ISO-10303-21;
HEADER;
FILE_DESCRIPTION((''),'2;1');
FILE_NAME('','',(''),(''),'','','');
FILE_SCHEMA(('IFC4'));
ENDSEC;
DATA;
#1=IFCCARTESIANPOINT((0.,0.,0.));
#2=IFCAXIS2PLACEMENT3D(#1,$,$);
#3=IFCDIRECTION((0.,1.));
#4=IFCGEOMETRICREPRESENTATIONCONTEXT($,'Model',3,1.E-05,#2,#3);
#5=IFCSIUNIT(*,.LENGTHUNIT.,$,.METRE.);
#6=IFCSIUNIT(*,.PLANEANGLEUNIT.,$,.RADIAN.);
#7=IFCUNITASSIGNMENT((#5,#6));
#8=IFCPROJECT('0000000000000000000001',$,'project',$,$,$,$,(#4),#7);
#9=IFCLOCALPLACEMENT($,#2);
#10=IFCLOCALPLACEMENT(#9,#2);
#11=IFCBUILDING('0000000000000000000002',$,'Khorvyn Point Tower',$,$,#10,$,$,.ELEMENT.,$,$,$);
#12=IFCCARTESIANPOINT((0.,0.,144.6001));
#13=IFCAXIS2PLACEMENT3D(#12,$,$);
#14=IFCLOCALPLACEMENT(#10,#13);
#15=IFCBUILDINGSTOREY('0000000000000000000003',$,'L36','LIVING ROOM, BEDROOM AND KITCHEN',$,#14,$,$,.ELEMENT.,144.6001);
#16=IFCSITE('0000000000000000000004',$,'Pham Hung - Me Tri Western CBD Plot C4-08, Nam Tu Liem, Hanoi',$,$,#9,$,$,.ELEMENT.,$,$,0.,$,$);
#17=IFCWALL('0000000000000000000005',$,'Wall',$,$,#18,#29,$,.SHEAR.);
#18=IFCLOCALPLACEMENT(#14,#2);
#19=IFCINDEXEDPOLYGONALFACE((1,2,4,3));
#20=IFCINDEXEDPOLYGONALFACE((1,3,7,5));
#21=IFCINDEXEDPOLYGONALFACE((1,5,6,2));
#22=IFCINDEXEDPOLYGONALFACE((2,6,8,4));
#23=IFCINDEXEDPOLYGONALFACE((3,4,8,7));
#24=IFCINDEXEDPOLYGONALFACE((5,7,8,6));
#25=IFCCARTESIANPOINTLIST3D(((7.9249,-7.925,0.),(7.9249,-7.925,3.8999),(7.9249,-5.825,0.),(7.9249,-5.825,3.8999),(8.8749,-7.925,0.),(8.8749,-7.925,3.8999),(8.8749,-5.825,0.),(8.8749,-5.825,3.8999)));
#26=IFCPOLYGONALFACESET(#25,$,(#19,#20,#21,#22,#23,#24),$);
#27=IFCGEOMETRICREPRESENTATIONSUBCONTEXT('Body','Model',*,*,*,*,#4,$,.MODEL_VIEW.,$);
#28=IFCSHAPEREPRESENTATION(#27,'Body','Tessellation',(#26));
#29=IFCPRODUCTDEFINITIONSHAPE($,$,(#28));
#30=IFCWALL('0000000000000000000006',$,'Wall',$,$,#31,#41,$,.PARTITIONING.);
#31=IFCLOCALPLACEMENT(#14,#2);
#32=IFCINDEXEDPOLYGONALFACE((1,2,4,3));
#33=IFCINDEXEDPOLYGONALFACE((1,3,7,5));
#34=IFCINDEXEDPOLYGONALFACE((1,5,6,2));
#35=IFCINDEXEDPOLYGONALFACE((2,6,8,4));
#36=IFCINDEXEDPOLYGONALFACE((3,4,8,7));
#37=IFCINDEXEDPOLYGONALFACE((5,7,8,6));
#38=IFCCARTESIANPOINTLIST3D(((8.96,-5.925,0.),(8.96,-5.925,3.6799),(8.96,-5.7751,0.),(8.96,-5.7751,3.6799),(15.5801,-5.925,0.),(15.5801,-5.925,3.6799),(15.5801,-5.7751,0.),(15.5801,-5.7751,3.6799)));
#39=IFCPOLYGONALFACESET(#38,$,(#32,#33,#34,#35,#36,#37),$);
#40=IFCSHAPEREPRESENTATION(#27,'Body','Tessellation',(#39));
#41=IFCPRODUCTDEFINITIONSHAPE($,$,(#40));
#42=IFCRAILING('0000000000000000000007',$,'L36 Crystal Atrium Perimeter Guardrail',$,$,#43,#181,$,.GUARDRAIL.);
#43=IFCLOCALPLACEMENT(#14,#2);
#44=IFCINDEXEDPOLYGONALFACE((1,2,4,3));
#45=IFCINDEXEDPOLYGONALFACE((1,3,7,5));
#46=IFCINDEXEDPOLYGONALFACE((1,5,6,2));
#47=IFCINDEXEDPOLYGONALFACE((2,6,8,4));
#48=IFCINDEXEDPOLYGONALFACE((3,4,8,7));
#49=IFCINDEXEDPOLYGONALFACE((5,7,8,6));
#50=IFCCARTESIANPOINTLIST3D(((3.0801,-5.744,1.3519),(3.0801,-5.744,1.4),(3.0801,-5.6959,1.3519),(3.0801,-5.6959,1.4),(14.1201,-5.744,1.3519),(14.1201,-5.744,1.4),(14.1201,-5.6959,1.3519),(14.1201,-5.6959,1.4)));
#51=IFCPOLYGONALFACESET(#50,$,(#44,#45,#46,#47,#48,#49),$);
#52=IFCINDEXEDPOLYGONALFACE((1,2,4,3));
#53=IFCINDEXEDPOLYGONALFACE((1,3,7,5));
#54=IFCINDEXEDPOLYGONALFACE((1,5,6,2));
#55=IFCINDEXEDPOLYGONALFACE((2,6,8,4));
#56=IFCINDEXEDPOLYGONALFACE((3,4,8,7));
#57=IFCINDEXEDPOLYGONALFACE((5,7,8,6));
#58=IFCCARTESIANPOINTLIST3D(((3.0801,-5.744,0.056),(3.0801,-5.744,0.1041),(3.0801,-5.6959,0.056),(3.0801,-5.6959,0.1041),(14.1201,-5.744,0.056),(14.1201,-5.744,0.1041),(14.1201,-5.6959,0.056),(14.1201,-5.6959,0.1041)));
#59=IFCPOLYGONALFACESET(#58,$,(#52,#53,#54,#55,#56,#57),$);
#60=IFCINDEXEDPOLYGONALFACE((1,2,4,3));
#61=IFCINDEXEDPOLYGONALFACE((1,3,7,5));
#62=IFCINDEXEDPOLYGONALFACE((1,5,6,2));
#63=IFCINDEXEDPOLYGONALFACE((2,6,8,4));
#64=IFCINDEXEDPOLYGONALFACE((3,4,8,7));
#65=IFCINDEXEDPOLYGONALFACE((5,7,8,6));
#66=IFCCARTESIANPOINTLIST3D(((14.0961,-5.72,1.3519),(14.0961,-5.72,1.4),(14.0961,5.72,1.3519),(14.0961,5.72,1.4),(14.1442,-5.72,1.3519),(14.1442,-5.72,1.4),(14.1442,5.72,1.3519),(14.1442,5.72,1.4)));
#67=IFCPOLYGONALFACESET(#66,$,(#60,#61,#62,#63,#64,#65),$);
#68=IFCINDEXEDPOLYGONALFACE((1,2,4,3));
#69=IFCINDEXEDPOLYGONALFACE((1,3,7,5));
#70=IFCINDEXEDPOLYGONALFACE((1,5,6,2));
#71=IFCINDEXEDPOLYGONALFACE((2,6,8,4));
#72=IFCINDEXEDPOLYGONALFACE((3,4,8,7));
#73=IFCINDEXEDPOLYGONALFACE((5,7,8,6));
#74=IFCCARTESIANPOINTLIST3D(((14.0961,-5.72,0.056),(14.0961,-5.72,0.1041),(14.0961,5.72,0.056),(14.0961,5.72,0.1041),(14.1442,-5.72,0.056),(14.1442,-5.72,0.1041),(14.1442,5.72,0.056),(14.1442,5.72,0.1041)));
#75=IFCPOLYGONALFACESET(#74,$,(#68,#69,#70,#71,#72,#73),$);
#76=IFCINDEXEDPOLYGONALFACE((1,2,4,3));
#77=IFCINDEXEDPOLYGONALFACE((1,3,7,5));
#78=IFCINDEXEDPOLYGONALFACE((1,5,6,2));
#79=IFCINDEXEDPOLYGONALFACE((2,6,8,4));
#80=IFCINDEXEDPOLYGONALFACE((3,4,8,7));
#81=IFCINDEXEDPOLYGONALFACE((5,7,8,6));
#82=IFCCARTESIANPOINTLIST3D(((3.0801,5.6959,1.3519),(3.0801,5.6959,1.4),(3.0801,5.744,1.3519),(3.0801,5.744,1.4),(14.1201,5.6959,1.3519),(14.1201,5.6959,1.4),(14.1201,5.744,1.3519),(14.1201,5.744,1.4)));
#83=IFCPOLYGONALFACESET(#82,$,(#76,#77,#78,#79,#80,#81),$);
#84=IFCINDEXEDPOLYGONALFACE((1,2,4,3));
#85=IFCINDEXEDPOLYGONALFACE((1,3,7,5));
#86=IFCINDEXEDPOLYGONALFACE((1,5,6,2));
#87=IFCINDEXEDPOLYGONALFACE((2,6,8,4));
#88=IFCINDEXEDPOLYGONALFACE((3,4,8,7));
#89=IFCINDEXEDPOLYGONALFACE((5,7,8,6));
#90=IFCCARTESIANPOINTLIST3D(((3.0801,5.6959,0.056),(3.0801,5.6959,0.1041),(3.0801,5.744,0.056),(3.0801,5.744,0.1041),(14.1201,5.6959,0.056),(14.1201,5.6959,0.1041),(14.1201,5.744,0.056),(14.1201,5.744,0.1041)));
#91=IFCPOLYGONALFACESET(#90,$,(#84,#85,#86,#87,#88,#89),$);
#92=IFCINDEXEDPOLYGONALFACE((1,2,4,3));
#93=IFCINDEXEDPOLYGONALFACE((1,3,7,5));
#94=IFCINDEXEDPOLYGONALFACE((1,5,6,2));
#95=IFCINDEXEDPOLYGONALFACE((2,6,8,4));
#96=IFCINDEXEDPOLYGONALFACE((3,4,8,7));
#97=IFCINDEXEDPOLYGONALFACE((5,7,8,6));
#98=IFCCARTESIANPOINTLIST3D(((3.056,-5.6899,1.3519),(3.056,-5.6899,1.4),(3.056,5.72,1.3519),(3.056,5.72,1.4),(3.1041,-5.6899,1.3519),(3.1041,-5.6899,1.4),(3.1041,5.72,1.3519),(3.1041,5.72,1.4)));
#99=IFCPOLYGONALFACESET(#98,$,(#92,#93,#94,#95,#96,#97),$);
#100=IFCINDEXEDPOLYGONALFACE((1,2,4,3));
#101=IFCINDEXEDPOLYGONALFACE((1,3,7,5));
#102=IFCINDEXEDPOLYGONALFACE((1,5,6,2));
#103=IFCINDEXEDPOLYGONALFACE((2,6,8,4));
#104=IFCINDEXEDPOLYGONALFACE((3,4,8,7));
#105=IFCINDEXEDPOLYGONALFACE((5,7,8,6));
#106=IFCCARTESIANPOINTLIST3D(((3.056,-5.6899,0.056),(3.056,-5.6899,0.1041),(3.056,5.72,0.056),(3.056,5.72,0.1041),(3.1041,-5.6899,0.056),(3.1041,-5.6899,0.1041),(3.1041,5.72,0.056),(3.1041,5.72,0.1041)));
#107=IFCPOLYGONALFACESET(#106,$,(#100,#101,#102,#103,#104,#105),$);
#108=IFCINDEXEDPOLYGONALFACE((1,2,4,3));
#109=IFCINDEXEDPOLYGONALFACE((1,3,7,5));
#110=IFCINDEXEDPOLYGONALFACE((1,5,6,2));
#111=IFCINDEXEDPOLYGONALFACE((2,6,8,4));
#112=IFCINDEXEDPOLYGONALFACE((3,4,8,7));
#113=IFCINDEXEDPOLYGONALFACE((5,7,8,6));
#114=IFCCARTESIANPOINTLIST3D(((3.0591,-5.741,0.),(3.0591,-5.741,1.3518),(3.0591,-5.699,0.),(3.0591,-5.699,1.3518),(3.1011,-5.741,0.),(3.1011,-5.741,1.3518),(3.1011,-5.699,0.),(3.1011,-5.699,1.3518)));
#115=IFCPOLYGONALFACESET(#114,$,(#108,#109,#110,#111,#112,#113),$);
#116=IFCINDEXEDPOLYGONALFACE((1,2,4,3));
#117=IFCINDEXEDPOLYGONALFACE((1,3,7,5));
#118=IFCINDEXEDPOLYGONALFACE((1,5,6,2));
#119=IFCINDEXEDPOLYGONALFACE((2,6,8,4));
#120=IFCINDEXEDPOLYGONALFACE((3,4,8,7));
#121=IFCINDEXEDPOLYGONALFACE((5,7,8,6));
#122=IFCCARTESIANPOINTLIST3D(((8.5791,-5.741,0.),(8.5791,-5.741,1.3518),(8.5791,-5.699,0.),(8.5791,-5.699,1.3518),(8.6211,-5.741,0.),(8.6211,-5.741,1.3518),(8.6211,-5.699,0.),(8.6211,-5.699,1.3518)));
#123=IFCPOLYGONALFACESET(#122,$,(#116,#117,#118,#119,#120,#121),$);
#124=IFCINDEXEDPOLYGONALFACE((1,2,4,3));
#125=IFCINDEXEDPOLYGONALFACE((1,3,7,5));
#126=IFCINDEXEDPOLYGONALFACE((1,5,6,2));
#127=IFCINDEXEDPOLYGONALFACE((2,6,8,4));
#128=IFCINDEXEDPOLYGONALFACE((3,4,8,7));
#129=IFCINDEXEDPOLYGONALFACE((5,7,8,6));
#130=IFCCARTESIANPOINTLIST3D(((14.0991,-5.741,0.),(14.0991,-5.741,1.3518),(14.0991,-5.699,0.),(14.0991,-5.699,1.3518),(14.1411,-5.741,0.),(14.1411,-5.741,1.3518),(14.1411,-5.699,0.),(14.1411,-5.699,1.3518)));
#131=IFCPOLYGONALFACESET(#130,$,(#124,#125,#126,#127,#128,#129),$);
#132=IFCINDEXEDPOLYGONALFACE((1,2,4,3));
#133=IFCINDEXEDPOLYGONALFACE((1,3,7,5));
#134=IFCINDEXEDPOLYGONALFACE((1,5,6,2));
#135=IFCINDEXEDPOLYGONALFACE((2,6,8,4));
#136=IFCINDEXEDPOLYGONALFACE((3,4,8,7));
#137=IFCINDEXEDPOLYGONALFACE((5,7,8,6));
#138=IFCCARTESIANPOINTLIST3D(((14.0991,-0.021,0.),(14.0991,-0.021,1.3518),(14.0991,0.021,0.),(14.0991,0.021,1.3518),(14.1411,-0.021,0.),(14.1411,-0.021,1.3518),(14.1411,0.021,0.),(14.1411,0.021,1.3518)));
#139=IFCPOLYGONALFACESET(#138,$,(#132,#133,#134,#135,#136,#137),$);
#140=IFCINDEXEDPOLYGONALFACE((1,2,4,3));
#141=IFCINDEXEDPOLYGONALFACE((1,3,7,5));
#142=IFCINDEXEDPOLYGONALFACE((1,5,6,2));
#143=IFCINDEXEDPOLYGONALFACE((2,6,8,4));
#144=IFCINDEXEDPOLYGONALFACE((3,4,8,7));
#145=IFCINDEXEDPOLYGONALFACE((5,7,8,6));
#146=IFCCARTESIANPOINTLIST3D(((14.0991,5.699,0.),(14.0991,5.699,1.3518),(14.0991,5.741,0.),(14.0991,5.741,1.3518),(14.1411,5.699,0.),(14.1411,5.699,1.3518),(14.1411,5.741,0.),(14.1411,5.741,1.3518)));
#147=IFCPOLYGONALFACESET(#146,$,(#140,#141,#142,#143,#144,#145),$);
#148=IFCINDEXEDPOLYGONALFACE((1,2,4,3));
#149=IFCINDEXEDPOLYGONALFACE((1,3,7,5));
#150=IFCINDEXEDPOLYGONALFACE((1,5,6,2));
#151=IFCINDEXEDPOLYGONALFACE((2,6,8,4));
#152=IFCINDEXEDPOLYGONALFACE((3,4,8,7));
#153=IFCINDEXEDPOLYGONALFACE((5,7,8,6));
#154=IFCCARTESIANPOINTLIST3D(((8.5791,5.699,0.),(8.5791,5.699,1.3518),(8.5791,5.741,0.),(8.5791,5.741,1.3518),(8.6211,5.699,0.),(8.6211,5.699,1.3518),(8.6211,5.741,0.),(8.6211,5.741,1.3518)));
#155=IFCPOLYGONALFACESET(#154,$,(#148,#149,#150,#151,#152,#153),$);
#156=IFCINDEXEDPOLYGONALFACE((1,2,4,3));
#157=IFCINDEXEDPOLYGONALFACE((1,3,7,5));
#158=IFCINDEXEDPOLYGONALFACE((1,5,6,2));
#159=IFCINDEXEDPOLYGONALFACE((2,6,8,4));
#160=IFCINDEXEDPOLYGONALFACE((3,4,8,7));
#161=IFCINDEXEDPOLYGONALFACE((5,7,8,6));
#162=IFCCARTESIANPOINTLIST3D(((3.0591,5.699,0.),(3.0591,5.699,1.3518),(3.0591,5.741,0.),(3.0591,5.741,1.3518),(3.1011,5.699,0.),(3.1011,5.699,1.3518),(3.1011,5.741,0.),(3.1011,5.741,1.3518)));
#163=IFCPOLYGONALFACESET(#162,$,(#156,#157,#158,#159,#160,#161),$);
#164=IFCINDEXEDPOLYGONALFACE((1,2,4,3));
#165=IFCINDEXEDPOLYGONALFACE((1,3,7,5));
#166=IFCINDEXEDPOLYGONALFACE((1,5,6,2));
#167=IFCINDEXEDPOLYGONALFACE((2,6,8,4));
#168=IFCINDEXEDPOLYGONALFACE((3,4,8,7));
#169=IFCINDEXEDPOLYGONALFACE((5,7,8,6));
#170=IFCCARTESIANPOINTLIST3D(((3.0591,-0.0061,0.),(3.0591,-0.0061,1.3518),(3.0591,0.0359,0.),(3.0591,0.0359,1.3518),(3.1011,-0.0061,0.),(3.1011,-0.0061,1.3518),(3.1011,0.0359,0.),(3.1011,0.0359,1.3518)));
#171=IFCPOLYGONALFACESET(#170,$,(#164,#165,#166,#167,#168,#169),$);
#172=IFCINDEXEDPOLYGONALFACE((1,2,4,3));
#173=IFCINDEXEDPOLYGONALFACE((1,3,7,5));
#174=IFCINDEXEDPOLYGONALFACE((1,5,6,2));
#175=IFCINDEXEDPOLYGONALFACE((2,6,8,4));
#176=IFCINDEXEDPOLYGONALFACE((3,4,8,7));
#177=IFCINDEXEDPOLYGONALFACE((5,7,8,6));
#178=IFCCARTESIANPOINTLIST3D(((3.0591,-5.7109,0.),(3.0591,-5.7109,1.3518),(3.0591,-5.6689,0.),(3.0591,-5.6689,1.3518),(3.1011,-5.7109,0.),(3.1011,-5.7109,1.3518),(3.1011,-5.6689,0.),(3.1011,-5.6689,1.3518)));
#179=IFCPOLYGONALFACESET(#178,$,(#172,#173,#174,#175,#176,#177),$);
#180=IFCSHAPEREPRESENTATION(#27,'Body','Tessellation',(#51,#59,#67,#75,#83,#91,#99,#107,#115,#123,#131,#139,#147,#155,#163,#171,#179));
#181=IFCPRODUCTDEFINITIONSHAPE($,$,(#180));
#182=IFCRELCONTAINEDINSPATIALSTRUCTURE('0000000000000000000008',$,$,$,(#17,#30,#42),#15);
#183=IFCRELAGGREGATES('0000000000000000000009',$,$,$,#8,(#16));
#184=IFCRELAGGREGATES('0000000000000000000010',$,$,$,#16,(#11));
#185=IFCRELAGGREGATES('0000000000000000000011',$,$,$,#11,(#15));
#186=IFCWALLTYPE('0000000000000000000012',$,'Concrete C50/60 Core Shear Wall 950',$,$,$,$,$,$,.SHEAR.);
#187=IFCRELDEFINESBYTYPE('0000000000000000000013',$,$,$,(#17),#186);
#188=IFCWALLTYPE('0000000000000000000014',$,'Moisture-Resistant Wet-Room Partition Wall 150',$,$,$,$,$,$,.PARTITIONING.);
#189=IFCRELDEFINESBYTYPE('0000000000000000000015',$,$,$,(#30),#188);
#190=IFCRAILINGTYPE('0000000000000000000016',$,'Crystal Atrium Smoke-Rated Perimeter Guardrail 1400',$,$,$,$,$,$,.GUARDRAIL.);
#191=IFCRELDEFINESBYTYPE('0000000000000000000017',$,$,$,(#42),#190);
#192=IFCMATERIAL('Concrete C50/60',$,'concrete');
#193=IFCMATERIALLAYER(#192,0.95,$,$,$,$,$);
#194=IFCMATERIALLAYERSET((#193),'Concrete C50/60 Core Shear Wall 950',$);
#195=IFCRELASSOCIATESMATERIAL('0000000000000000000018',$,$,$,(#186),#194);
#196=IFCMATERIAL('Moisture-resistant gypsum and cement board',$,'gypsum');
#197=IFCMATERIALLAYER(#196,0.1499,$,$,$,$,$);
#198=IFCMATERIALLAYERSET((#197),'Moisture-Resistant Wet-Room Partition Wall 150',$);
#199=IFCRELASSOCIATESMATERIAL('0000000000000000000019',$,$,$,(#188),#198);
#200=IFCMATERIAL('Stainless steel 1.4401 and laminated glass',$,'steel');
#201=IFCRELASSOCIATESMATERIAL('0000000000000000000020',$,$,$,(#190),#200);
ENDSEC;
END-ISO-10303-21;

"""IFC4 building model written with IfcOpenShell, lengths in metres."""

from ifc_helpers import new_model, si_unit, direction, frame, frame_2d, origin, origin_2d, place, context, subcontext, project, spatial, rectangle, extrude, material, layer, layer_set, type_object, element, save


model = new_model("IFC4")

# Units and contexts
model_context = context("Model", 3, precision=1e-05, world=origin(), true_north=direction((0.0, 1.0)))
body_context = subcontext(model_context, "Body", "Model", "MODEL_VIEW")
ifc_project = project(units=[si_unit("LENGTHUNIT", "METRE"), si_unit("PLANEANGLEUNIT", "RADIAN")], contexts=[model_context])

# Site, building, storey
site_placement = place(None, origin())
site = spatial("IfcSite", under=ifc_project, at=site_placement, Name="Pham Hung - Me Tri Western CBD Plot C4-08, Nam Tu Liem, Hanoi", CompositionType="ELEMENT", RefElevation=0.0)
building_placement = place(site_placement, origin())
building = spatial("IfcBuilding", under=site, at=building_placement, Name="Khorvyn Point Tower", CompositionType="ELEMENT")
storey_placement = place(building_placement, frame((0.0, 0.0, 144.6001)))
storey = spatial("IfcBuildingStorey", under=building, at=storey_placement, Name="L36", Description="LIVING ROOM, BEDROOM AND KITCHEN", CompositionType="ELEMENT", Elevation=144.6001)

# Shared definitions
ifc_material_1 = material(Name="Concrete C50/60", Category="concrete")

# Walls
ifc_layer_1 = layer(ifc_material_1, 0.95)
ifc_layer_set_1 = layer_set([ifc_layer_1], Name="Concrete C50/60 Core Shear Wall 950")
wall_type_1 = type_object("IfcWallType", Name="Concrete C50/60 Core Shear Wall 950", PredefinedType="SHEAR", material=ifc_layer_set_1)
wall_1_placement = place(storey_placement, frame((8.3999, -7.925, 0.0), z_axis=(0.0, 0.0, 1.0), x_axis=(0.0, 1.0, 0.0)))
element("IfcWall", 1, at=wall_1_placement, inside=storey, type_object=wall_type_1, Name="Wall", PredefinedType="SHEAR", context=body_context, shape_type="SweptSolid", body=[
    extrude(rectangle(XDim=2.1001, YDim=0.95, at=frame_2d((1.05, 0.0))), origin(), (0.0, 0.0, 1.0), 3.8999),
])
ifc_material_2 = material(Name="Moisture-resistant gypsum and cement board", Category="gypsum")
ifc_layer_2 = layer(ifc_material_2, 0.1499)
ifc_layer_set_2 = layer_set([ifc_layer_2], Name="Moisture-Resistant Wet-Room Partition Wall 150")
wall_type_2 = type_object("IfcWallType", Name="Moisture-Resistant Wet-Room Partition Wall 150", PredefinedType="PARTITIONING", material=ifc_layer_set_2)
wall_2_placement = place(storey_placement, frame((8.96, -5.8501, 0.0), z_axis=(0.0, 0.0, 1.0), x_axis=(1.0, 0.0, 0.0)))
element("IfcWall", 2, at=wall_2_placement, inside=storey, type_object=wall_type_2, Name="Wall", PredefinedType="PARTITIONING", context=body_context, shape_type="SweptSolid", body=[
    extrude(rectangle(XDim=6.6201, YDim=0.1499, at=frame_2d((3.3101, 0.0))), origin(), (0.0, 0.0, 1.0), 3.6799),
])

# Railing
ifc_material_3 = material(Name="Stainless steel 1.4401 and laminated glass", Category="steel")
railing_type = type_object("IfcRailingType", Name="Crystal Atrium Smoke-Rated Perimeter Guardrail 1400", PredefinedType="GUARDRAIL", material=ifc_material_3)
railing_placement = place(storey_placement, frame((3.0801, -5.72, 0.0)))
element("IfcRailing", 3, at=railing_placement, inside=storey, type_object=railing_type, Name="L36 Crystal Atrium Perimeter Guardrail", PredefinedType="GUARDRAIL", context=body_context, shape_type="SweptSolid", body=[
    extrude(rectangle(XDim=0.0481, YDim=0.0481, at=origin_2d()), frame((0.0, 0.0, 1.376), z_axis=(1.0, 0.0, 0.0), x_axis=(0.0, 1.0, 0.0)), (0.0, 0.0, 1.0), 11.04),
    extrude(rectangle(XDim=0.0481, YDim=0.0481, at=origin_2d()), frame((0.0, 0.0, 0.0801), z_axis=(1.0, 0.0, 0.0), x_axis=(0.0, 1.0, 0.0)), (0.0, 0.0, 1.0), 11.04),
    extrude(rectangle(XDim=0.0481, YDim=0.0481, at=origin_2d()), frame((11.04, 0.0, 1.376), z_axis=(0.0, 1.0, 0.0), x_axis=(-1.0, 0.0, 0.0)), (0.0, 0.0, 1.0), 11.4399),
    extrude(rectangle(XDim=0.0481, YDim=0.0481, at=origin_2d()), frame((11.04, 0.0, 0.0801), z_axis=(0.0, 1.0, 0.0), x_axis=(-1.0, 0.0, 0.0)), (0.0, 0.0, 1.0), 11.4399),
    extrude(rectangle(XDim=0.0481, YDim=0.0481, at=origin_2d()), frame((11.04, 11.4399, 1.376), z_axis=(-1.0, 0.0, 0.0), x_axis=(0.0, -1.0, 0.0)), (0.0, 0.0, 1.0), 11.04),
    extrude(rectangle(XDim=0.0481, YDim=0.0481, at=origin_2d()), frame((11.04, 11.4399, 0.0801), z_axis=(-1.0, 0.0, 0.0), x_axis=(0.0, -1.0, 0.0)), (0.0, 0.0, 1.0), 11.04),
    extrude(rectangle(XDim=0.0481, YDim=0.0481, at=origin_2d()), frame((0.0, 11.4399, 1.376), z_axis=(0.0, -1.0, 0.0), x_axis=(1.0, 0.0, 0.0)), (0.0, 0.0, 1.0), 11.4099),
    extrude(rectangle(XDim=0.0481, YDim=0.0481, at=origin_2d()), frame((0.0, 11.4399, 0.0801), z_axis=(0.0, -1.0, 0.0), x_axis=(1.0, 0.0, 0.0)), (0.0, 0.0, 1.0), 11.4099),
    extrude(rectangle(XDim=0.042, YDim=0.042, at=origin_2d()), origin(), (0.0, 0.0, 1.0), 1.3518),
    extrude(rectangle(XDim=0.042, YDim=0.042, at=origin_2d()), frame((5.52, 0.0, 0.0)), (0.0, 0.0, 1.0), 1.3518),
    extrude(rectangle(XDim=0.042, YDim=0.042, at=origin_2d()), frame((11.04, 0.0, 0.0)), (0.0, 0.0, 1.0), 1.3518),
    extrude(rectangle(XDim=0.042, YDim=0.042, at=origin_2d()), frame((11.04, 5.72, 0.0)), (0.0, 0.0, 1.0), 1.3518),
    extrude(rectangle(XDim=0.042, YDim=0.042, at=origin_2d()), frame((11.04, 11.4399, 0.0)), (0.0, 0.0, 1.0), 1.3518),
    extrude(rectangle(XDim=0.042, YDim=0.042, at=origin_2d()), frame((5.52, 11.4399, 0.0)), (0.0, 0.0, 1.0), 1.3518),
    extrude(rectangle(XDim=0.042, YDim=0.042, at=origin_2d()), frame((0.0, 11.4399, 0.0)), (0.0, 0.0, 1.0), 1.3518),
    extrude(rectangle(XDim=0.042, YDim=0.042, at=origin_2d()), frame((0.0, 5.7349, 0.0)), (0.0, 0.0, 1.0), 1.3518),
    extrude(rectangle(XDim=0.042, YDim=0.042, at=origin_2d()), frame((0.0, 0.03, 0.0)), (0.0, 0.0, 1.0), 1.3518),
])

save(model, "model.ifc")
